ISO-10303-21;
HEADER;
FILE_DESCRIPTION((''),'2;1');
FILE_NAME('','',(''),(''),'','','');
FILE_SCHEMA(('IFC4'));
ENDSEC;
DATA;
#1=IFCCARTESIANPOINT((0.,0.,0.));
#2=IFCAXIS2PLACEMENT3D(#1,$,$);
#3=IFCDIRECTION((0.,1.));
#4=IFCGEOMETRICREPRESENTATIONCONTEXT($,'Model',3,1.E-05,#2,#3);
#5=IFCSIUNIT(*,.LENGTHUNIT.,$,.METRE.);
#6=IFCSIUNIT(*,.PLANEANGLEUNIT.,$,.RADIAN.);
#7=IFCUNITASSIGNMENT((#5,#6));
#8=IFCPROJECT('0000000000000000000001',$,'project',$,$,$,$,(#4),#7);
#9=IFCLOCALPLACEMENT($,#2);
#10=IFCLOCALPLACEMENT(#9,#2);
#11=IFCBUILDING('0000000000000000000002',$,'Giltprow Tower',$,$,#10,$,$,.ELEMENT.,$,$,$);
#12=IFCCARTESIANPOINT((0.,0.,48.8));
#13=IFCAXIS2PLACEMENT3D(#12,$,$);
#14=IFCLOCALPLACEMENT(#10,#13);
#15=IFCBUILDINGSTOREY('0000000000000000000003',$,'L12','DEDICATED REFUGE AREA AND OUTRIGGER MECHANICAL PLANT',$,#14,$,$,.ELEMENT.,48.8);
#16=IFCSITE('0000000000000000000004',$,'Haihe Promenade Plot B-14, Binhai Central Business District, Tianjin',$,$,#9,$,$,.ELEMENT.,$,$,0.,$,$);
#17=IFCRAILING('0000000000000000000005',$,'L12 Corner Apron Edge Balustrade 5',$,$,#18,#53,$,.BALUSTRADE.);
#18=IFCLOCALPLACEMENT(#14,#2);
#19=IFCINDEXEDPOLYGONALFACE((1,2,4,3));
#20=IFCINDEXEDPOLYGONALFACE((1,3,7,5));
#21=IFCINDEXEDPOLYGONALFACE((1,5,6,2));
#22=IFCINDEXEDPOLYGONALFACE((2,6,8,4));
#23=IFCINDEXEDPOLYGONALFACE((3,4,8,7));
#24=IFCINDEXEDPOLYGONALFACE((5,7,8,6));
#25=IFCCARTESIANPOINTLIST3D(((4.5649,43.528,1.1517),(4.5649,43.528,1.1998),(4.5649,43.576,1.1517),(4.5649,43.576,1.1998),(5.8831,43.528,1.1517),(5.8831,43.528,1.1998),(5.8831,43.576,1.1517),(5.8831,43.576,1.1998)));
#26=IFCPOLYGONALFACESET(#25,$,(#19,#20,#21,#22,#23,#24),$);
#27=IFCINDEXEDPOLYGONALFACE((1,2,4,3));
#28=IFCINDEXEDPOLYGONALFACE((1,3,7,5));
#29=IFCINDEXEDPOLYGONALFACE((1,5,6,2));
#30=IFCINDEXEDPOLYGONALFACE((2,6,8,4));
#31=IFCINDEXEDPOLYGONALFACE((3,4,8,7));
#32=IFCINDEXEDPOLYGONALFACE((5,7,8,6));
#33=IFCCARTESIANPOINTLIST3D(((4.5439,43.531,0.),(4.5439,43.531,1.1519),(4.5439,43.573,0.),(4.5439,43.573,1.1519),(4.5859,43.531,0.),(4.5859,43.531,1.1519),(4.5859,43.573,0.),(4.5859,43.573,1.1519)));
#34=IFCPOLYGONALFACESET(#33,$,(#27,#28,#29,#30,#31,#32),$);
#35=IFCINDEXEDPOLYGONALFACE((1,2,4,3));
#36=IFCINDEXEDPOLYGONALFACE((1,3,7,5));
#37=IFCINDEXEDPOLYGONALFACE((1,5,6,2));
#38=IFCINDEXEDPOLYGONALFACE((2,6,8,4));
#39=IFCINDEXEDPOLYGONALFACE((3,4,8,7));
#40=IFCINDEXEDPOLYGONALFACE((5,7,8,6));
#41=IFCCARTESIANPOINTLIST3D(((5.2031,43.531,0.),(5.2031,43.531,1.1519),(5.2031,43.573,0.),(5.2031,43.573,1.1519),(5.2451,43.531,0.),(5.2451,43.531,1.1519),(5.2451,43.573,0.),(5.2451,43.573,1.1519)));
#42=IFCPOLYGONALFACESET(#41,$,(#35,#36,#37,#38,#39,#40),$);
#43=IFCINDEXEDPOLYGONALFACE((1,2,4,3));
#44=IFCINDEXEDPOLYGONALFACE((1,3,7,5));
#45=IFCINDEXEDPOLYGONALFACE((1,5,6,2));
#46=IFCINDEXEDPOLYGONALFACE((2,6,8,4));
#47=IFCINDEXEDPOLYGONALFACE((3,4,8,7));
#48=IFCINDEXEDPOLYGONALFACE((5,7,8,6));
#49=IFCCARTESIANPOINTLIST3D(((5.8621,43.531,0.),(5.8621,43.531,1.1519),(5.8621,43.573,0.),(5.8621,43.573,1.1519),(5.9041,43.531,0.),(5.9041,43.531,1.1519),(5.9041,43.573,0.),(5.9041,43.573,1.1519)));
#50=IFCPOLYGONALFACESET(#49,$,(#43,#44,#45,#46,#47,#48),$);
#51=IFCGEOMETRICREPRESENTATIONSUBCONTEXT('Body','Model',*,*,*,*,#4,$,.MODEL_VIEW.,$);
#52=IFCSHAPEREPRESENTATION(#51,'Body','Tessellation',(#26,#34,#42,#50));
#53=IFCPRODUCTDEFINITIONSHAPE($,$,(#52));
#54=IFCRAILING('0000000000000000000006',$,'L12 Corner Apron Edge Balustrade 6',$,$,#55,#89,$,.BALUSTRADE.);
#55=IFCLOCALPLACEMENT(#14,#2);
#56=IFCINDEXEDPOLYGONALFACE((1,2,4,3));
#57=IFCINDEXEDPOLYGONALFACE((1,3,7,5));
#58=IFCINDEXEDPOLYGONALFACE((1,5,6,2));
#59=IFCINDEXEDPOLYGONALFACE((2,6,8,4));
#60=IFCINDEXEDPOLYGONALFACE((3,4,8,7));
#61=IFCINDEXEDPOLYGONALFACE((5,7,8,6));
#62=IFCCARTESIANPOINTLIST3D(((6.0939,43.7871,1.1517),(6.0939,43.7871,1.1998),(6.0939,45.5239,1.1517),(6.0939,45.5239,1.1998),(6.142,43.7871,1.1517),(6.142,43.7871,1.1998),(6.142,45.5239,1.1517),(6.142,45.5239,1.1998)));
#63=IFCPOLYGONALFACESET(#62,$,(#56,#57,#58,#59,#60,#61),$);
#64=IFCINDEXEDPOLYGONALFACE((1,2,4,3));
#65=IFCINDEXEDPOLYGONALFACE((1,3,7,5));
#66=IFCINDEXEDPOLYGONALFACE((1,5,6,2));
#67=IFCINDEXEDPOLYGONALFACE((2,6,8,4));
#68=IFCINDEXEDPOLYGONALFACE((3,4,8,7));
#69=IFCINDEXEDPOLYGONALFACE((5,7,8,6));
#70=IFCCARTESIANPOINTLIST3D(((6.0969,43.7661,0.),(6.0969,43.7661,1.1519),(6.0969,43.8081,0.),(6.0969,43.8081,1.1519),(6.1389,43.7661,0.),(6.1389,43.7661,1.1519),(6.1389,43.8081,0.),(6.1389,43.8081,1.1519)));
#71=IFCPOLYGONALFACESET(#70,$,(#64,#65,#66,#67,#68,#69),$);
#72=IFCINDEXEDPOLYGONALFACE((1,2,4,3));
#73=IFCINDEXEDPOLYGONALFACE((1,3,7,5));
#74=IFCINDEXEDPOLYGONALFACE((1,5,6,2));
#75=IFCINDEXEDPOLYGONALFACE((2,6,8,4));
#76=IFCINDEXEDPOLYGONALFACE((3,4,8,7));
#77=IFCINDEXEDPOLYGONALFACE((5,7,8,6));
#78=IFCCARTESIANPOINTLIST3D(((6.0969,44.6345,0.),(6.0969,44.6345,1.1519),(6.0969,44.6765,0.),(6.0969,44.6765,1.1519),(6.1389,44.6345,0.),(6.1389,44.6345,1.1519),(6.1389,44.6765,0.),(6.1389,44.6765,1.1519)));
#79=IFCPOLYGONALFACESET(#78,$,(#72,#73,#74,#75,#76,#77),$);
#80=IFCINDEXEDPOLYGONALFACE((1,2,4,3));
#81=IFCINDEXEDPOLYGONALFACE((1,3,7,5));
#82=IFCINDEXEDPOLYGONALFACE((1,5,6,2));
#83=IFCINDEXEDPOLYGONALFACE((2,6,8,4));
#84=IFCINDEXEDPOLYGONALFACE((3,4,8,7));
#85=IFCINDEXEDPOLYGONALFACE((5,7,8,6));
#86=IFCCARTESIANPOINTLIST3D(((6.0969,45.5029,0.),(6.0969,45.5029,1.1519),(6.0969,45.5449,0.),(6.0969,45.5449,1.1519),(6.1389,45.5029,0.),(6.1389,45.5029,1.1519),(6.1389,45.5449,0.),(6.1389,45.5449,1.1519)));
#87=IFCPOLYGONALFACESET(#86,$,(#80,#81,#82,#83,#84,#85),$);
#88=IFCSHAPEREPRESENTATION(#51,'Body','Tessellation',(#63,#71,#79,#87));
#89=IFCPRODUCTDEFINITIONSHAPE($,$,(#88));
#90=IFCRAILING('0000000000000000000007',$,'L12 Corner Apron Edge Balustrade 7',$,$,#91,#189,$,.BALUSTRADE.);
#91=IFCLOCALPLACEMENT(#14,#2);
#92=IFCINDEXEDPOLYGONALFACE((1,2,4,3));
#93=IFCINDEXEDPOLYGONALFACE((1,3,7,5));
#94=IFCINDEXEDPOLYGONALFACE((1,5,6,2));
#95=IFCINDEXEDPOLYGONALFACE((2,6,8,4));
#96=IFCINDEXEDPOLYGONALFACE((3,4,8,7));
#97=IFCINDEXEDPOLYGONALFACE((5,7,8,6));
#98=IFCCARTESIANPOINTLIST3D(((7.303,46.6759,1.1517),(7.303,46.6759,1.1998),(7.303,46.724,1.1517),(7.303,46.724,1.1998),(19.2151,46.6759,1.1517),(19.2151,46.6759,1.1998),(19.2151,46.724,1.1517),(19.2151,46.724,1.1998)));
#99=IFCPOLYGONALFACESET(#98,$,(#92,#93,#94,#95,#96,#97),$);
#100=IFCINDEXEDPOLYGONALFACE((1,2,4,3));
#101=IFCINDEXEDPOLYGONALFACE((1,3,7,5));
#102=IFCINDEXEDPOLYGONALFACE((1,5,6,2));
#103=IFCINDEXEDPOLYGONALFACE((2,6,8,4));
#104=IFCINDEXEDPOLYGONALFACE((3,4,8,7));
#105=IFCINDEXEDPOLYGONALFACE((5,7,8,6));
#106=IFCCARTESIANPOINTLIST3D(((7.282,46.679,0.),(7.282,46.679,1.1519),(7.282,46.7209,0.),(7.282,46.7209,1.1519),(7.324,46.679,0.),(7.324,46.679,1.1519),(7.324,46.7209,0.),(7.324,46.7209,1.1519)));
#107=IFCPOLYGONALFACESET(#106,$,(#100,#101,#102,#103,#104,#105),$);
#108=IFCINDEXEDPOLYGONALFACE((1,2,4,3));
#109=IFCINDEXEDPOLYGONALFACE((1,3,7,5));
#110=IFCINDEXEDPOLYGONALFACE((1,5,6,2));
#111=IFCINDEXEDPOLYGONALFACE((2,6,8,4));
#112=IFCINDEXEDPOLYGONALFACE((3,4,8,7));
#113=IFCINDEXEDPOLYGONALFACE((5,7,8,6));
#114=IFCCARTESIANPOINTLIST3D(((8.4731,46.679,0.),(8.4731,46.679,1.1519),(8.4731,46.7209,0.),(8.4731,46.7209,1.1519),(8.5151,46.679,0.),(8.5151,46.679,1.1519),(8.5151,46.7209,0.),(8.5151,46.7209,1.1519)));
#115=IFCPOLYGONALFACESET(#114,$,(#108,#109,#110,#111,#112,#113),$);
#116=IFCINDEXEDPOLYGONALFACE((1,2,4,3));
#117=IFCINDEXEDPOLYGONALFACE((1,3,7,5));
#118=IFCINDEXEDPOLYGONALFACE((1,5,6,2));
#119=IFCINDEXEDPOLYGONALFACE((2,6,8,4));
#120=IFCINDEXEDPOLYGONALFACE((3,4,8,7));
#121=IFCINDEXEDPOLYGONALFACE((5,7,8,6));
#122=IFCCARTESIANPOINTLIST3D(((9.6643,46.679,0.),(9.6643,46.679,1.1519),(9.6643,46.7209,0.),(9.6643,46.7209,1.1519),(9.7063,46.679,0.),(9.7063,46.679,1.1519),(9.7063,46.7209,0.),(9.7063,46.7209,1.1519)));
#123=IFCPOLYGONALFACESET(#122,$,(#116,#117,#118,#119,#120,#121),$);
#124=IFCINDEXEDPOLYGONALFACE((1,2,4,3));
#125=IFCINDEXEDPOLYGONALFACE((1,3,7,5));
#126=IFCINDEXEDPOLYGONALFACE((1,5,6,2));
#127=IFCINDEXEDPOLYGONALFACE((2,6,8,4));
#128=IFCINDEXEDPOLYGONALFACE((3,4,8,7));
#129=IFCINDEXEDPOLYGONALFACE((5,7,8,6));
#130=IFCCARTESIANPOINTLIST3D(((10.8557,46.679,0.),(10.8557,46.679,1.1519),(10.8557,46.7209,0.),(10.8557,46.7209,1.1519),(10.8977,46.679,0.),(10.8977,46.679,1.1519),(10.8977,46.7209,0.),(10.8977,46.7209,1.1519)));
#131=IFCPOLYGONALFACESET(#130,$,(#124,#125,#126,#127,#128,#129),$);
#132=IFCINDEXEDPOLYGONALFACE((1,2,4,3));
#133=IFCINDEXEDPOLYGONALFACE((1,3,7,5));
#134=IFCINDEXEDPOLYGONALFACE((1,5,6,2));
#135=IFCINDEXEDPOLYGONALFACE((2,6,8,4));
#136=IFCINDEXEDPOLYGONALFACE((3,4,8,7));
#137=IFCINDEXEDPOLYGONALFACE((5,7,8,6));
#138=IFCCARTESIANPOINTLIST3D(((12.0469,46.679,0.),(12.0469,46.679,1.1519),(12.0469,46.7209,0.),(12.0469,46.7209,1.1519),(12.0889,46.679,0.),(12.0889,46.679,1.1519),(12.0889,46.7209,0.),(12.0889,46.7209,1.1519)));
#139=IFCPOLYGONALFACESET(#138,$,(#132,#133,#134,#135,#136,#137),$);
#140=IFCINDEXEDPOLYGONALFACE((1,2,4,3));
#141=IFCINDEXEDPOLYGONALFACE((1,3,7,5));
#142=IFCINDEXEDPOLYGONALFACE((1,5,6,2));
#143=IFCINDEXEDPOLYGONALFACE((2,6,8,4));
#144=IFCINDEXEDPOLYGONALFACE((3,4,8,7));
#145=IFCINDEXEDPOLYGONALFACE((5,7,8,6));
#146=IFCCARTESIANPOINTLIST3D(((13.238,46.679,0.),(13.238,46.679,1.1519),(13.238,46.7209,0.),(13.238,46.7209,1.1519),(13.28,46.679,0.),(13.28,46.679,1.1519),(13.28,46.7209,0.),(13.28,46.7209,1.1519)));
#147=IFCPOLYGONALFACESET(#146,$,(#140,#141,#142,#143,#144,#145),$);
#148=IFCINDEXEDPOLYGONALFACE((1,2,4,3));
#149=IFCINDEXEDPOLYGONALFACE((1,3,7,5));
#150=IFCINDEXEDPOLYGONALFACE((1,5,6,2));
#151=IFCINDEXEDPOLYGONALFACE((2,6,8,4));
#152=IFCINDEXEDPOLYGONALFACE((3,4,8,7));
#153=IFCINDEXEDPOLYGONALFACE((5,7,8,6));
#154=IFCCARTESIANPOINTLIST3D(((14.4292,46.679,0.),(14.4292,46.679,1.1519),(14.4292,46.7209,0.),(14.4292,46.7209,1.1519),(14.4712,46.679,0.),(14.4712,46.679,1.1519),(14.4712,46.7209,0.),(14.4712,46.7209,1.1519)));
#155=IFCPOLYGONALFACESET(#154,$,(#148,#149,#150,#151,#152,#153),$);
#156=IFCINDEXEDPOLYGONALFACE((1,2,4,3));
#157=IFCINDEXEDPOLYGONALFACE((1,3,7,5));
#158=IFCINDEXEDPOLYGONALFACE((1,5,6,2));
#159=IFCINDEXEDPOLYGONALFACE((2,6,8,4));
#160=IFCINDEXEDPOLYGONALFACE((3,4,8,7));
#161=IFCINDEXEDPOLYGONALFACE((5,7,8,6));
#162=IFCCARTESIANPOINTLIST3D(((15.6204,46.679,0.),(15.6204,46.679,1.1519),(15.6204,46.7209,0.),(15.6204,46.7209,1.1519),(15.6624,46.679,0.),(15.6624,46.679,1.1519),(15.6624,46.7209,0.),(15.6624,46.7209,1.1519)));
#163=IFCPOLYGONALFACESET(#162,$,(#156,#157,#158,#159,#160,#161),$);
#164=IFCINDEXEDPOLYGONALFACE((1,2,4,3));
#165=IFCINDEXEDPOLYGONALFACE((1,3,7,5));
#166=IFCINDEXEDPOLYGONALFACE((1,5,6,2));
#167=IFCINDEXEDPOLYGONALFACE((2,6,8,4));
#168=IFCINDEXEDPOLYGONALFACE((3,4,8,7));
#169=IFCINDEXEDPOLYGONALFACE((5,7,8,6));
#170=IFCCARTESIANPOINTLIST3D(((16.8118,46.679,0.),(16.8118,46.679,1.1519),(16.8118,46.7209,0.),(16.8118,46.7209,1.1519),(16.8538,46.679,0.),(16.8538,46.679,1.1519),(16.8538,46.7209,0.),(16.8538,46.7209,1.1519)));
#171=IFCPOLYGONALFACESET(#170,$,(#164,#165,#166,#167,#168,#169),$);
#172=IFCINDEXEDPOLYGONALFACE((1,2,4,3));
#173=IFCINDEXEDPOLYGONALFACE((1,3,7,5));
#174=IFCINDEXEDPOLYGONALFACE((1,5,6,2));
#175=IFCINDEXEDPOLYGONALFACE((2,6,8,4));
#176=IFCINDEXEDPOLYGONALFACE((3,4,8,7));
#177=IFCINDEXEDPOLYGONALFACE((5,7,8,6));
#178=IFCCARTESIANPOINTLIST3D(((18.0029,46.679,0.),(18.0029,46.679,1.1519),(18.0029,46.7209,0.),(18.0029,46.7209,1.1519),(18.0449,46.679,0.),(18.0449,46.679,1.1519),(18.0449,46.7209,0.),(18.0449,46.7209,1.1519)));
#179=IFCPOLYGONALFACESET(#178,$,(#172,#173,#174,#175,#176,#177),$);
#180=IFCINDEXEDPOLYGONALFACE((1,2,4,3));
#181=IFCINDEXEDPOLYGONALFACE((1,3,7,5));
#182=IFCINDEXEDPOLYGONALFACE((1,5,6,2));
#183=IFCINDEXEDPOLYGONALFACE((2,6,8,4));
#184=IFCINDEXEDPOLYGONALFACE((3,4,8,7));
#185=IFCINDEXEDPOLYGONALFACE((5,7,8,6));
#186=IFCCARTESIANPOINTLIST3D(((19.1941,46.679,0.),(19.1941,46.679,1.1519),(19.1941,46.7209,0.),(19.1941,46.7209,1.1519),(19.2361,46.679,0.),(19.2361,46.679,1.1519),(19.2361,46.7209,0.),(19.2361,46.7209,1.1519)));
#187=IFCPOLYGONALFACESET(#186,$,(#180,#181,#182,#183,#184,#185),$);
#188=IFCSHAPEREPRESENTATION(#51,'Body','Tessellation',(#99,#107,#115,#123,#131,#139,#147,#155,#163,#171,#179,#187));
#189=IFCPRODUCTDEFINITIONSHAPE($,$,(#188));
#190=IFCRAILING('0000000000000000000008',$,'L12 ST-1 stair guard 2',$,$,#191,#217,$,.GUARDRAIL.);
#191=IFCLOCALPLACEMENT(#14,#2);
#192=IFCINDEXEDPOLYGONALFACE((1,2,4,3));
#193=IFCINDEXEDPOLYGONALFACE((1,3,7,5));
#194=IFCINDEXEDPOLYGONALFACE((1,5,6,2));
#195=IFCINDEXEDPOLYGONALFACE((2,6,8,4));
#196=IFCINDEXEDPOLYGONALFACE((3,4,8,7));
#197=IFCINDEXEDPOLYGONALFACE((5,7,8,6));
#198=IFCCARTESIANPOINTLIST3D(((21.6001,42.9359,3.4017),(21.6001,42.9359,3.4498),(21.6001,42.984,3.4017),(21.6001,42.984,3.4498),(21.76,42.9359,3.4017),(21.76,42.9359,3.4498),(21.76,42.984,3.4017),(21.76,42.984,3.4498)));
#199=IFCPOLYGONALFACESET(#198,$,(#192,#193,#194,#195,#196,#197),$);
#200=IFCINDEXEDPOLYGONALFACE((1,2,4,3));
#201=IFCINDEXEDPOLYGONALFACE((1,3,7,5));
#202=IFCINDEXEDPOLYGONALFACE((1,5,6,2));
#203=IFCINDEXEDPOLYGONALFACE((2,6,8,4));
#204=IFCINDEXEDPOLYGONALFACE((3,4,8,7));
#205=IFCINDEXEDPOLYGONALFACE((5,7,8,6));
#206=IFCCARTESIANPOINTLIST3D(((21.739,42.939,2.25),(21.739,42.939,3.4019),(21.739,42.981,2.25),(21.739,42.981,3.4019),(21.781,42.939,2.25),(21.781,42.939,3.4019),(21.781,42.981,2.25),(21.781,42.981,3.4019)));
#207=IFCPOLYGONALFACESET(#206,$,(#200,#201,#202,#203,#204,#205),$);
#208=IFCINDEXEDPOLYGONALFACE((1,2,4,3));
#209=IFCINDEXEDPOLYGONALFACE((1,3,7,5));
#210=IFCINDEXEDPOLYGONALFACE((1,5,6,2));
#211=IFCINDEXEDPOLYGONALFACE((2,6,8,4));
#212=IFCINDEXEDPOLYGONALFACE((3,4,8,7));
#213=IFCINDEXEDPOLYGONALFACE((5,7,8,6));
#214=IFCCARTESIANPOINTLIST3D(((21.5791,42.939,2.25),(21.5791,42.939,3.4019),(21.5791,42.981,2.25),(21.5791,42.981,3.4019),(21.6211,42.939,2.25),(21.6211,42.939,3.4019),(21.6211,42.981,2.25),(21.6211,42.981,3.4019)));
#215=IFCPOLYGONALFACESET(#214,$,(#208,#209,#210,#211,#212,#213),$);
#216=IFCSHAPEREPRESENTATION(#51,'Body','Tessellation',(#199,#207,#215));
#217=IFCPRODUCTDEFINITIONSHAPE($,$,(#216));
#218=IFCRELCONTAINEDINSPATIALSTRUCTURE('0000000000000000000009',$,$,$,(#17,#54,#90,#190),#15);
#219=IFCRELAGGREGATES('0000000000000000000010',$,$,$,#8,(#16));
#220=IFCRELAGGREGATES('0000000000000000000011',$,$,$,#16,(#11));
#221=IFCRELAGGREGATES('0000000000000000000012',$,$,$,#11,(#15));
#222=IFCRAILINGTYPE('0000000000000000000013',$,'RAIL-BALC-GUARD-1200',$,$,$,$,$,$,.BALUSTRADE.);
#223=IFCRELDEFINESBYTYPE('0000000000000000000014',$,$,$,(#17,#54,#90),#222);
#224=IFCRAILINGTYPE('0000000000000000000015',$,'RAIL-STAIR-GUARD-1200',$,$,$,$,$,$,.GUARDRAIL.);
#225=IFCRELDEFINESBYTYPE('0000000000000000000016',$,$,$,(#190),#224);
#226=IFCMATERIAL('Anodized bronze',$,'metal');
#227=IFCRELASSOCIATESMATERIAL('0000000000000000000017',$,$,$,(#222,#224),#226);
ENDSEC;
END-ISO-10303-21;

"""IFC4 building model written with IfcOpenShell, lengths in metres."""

from ifc_helpers import new_model, si_unit, direction, frame, origin, origin_2d, place, context, subcontext, project, spatial, rectangle, extrude, material, type_object, element, save


model = new_model("IFC4")

# Units and contexts
model_context = context("Model", 3, precision=1e-05, world=origin(), true_north=direction((0.0, 1.0)))
body_context = subcontext(model_context, "Body", "Model", "MODEL_VIEW")
ifc_project = project(units=[si_unit("LENGTHUNIT", "METRE"), si_unit("PLANEANGLEUNIT", "RADIAN")], contexts=[model_context])

# Site, building, storey
site_placement = place(None, origin())
site = spatial("IfcSite", under=ifc_project, at=site_placement, Name="Haihe Promenade Plot B-14, Binhai Central Business District, Tianjin", CompositionType="ELEMENT", RefElevation=0.0)
building_placement = place(site_placement, origin())
building = spatial("IfcBuilding", under=site, at=building_placement, Name="Giltprow Tower", CompositionType="ELEMENT")
storey_placement = place(building_placement, frame((0.0, 0.0, 48.8)))
storey = spatial("IfcBuildingStorey", under=building, at=storey_placement, Name="L12", Description="DEDICATED REFUGE AREA AND OUTRIGGER MECHANICAL PLANT", CompositionType="ELEMENT", Elevation=48.8)

# Railings
ifc_material_1 = material(Name="Anodized bronze", Category="metal")
railing_type_1 = type_object("IfcRailingType", Name="RAIL-BALC-GUARD-1200", PredefinedType="BALUSTRADE", material=ifc_material_1)
railing_1_placement = place(storey_placement, frame((4.5649, 43.552, 0.0)))
element("IfcRailing", 1, at=railing_1_placement, inside=storey, type_object=railing_type_1, Name="L12 Corner Apron Edge Balustrade 5", PredefinedType="BALUSTRADE", context=body_context, shape_type="SweptSolid", body=[
    extrude(rectangle(XDim=0.0481, YDim=0.0481, at=origin_2d()), frame((0.0, 0.0, 1.1758), z_axis=(1.0, 0.0, 0.0), x_axis=(0.0, 1.0, 0.0)), (0.0, 0.0, 1.0), 1.3181),
    extrude(rectangle(XDim=0.042, YDim=0.042, at=origin_2d()), origin(), (0.0, 0.0, 1.0), 1.1519),
    extrude(rectangle(XDim=0.042, YDim=0.042, at=origin_2d()), frame((0.6592, 0.0, 0.0)), (0.0, 0.0, 1.0), 1.1519),
    extrude(rectangle(XDim=0.042, YDim=0.042, at=origin_2d()), frame((1.3181, 0.0, 0.0)), (0.0, 0.0, 1.0), 1.1519),
])
railing_2_placement = place(storey_placement, frame((6.1179, 43.7871, 0.0)))
element("IfcRailing", 2, at=railing_2_placement, inside=storey, type_object=railing_type_1, Name="L12 Corner Apron Edge Balustrade 6", PredefinedType="BALUSTRADE", context=body_context, shape_type="SweptSolid", body=[
    extrude(rectangle(XDim=0.0481, YDim=0.0481, at=origin_2d()), frame((0.0, 0.0, 1.1758), z_axis=(0.0, 1.0, 0.0), x_axis=(-1.0, 0.0, 0.0)), (0.0, 0.0, 1.0), 1.7368),
    extrude(rectangle(XDim=0.042, YDim=0.042, at=origin_2d()), origin(), (0.0, 0.0, 1.0), 1.1519),
    extrude(rectangle(XDim=0.042, YDim=0.042, at=origin_2d()), frame((0.0, 0.8684, 0.0)), (0.0, 0.0, 1.0), 1.1519),
    extrude(rectangle(XDim=0.042, YDim=0.042, at=origin_2d()), frame((0.0, 1.7368, 0.0)), (0.0, 0.0, 1.0), 1.1519),
])
railing_3_placement = place(storey_placement, frame((7.303, 46.7, 0.0)))
element("IfcRailing", 3, at=railing_3_placement, inside=storey, type_object=railing_type_1, Name="L12 Corner Apron Edge Balustrade 7", PredefinedType="BALUSTRADE", context=body_context, shape_type="SweptSolid", body=[
    extrude(rectangle(XDim=0.0481, YDim=0.0481, at=origin_2d()), frame((0.0, 0.0, 1.1758), z_axis=(1.0, 0.0, 0.0), x_axis=(0.0, 1.0, 0.0)), (0.0, 0.0, 1.0), 11.9121),
    extrude(rectangle(XDim=0.042, YDim=0.042, at=origin_2d()), origin(), (0.0, 0.0, 1.0), 1.1519),
    extrude(rectangle(XDim=0.042, YDim=0.042, at=origin_2d()), frame((1.1912, 0.0, 0.0)), (0.0, 0.0, 1.0), 1.1519),
    extrude(rectangle(XDim=0.042, YDim=0.042, at=origin_2d()), frame((2.3823, 0.0, 0.0)), (0.0, 0.0, 1.0), 1.1519),
    extrude(rectangle(XDim=0.042, YDim=0.042, at=origin_2d()), frame((3.5737, 0.0, 0.0)), (0.0, 0.0, 1.0), 1.1519),
    extrude(rectangle(XDim=0.042, YDim=0.042, at=origin_2d()), frame((4.7649, 0.0, 0.0)), (0.0, 0.0, 1.0), 1.1519),
    extrude(rectangle(XDim=0.042, YDim=0.042, at=origin_2d()), frame((5.9561, 0.0, 0.0)), (0.0, 0.0, 1.0), 1.1519),
    extrude(rectangle(XDim=0.042, YDim=0.042, at=origin_2d()), frame((7.1472, 0.0, 0.0)), (0.0, 0.0, 1.0), 1.1519),
    extrude(rectangle(XDim=0.042, YDim=0.042, at=origin_2d()), frame((8.3384, 0.0, 0.0)), (0.0, 0.0, 1.0), 1.1519),
    extrude(rectangle(XDim=0.042, YDim=0.042, at=origin_2d()), frame((9.5298, 0.0, 0.0)), (0.0, 0.0, 1.0), 1.1519),
    extrude(rectangle(XDim=0.042, YDim=0.042, at=origin_2d()), frame((10.7209, 0.0, 0.0)), (0.0, 0.0, 1.0), 1.1519),
    extrude(rectangle(XDim=0.042, YDim=0.042, at=origin_2d()), frame((11.9121, 0.0, 0.0)), (0.0, 0.0, 1.0), 1.1519),
])
railing_type_2 = type_object("IfcRailingType", Name="RAIL-STAIR-GUARD-1200", PredefinedType="GUARDRAIL", material=ifc_material_1)
railing_4_placement = place(storey_placement, frame((21.76, 42.96, 2.25)))
element("IfcRailing", 4, at=railing_4_placement, inside=storey, type_object=railing_type_2, Name="L12 ST-1 stair guard 2", PredefinedType="GUARDRAIL", context=body_context, shape_type="SweptSolid", body=[
    extrude(rectangle(XDim=0.0481, YDim=0.0481, at=origin_2d()), frame((0.0, 0.0, 1.1758), z_axis=(-1.0, 0.0, 0.0), x_axis=(0.0, -1.0, 0.0)), (0.0, 0.0, 1.0), 0.1599),
    extrude(rectangle(XDim=0.042, YDim=0.042, at=origin_2d()), origin(), (0.0, 0.0, 1.0), 1.1519),
    extrude(rectangle(XDim=0.042, YDim=0.042, at=origin_2d()), frame((-0.1599, 0.0, 0.0)), (0.0, 0.0, 1.0), 1.1519),
])

save(model, "model.ifc")
